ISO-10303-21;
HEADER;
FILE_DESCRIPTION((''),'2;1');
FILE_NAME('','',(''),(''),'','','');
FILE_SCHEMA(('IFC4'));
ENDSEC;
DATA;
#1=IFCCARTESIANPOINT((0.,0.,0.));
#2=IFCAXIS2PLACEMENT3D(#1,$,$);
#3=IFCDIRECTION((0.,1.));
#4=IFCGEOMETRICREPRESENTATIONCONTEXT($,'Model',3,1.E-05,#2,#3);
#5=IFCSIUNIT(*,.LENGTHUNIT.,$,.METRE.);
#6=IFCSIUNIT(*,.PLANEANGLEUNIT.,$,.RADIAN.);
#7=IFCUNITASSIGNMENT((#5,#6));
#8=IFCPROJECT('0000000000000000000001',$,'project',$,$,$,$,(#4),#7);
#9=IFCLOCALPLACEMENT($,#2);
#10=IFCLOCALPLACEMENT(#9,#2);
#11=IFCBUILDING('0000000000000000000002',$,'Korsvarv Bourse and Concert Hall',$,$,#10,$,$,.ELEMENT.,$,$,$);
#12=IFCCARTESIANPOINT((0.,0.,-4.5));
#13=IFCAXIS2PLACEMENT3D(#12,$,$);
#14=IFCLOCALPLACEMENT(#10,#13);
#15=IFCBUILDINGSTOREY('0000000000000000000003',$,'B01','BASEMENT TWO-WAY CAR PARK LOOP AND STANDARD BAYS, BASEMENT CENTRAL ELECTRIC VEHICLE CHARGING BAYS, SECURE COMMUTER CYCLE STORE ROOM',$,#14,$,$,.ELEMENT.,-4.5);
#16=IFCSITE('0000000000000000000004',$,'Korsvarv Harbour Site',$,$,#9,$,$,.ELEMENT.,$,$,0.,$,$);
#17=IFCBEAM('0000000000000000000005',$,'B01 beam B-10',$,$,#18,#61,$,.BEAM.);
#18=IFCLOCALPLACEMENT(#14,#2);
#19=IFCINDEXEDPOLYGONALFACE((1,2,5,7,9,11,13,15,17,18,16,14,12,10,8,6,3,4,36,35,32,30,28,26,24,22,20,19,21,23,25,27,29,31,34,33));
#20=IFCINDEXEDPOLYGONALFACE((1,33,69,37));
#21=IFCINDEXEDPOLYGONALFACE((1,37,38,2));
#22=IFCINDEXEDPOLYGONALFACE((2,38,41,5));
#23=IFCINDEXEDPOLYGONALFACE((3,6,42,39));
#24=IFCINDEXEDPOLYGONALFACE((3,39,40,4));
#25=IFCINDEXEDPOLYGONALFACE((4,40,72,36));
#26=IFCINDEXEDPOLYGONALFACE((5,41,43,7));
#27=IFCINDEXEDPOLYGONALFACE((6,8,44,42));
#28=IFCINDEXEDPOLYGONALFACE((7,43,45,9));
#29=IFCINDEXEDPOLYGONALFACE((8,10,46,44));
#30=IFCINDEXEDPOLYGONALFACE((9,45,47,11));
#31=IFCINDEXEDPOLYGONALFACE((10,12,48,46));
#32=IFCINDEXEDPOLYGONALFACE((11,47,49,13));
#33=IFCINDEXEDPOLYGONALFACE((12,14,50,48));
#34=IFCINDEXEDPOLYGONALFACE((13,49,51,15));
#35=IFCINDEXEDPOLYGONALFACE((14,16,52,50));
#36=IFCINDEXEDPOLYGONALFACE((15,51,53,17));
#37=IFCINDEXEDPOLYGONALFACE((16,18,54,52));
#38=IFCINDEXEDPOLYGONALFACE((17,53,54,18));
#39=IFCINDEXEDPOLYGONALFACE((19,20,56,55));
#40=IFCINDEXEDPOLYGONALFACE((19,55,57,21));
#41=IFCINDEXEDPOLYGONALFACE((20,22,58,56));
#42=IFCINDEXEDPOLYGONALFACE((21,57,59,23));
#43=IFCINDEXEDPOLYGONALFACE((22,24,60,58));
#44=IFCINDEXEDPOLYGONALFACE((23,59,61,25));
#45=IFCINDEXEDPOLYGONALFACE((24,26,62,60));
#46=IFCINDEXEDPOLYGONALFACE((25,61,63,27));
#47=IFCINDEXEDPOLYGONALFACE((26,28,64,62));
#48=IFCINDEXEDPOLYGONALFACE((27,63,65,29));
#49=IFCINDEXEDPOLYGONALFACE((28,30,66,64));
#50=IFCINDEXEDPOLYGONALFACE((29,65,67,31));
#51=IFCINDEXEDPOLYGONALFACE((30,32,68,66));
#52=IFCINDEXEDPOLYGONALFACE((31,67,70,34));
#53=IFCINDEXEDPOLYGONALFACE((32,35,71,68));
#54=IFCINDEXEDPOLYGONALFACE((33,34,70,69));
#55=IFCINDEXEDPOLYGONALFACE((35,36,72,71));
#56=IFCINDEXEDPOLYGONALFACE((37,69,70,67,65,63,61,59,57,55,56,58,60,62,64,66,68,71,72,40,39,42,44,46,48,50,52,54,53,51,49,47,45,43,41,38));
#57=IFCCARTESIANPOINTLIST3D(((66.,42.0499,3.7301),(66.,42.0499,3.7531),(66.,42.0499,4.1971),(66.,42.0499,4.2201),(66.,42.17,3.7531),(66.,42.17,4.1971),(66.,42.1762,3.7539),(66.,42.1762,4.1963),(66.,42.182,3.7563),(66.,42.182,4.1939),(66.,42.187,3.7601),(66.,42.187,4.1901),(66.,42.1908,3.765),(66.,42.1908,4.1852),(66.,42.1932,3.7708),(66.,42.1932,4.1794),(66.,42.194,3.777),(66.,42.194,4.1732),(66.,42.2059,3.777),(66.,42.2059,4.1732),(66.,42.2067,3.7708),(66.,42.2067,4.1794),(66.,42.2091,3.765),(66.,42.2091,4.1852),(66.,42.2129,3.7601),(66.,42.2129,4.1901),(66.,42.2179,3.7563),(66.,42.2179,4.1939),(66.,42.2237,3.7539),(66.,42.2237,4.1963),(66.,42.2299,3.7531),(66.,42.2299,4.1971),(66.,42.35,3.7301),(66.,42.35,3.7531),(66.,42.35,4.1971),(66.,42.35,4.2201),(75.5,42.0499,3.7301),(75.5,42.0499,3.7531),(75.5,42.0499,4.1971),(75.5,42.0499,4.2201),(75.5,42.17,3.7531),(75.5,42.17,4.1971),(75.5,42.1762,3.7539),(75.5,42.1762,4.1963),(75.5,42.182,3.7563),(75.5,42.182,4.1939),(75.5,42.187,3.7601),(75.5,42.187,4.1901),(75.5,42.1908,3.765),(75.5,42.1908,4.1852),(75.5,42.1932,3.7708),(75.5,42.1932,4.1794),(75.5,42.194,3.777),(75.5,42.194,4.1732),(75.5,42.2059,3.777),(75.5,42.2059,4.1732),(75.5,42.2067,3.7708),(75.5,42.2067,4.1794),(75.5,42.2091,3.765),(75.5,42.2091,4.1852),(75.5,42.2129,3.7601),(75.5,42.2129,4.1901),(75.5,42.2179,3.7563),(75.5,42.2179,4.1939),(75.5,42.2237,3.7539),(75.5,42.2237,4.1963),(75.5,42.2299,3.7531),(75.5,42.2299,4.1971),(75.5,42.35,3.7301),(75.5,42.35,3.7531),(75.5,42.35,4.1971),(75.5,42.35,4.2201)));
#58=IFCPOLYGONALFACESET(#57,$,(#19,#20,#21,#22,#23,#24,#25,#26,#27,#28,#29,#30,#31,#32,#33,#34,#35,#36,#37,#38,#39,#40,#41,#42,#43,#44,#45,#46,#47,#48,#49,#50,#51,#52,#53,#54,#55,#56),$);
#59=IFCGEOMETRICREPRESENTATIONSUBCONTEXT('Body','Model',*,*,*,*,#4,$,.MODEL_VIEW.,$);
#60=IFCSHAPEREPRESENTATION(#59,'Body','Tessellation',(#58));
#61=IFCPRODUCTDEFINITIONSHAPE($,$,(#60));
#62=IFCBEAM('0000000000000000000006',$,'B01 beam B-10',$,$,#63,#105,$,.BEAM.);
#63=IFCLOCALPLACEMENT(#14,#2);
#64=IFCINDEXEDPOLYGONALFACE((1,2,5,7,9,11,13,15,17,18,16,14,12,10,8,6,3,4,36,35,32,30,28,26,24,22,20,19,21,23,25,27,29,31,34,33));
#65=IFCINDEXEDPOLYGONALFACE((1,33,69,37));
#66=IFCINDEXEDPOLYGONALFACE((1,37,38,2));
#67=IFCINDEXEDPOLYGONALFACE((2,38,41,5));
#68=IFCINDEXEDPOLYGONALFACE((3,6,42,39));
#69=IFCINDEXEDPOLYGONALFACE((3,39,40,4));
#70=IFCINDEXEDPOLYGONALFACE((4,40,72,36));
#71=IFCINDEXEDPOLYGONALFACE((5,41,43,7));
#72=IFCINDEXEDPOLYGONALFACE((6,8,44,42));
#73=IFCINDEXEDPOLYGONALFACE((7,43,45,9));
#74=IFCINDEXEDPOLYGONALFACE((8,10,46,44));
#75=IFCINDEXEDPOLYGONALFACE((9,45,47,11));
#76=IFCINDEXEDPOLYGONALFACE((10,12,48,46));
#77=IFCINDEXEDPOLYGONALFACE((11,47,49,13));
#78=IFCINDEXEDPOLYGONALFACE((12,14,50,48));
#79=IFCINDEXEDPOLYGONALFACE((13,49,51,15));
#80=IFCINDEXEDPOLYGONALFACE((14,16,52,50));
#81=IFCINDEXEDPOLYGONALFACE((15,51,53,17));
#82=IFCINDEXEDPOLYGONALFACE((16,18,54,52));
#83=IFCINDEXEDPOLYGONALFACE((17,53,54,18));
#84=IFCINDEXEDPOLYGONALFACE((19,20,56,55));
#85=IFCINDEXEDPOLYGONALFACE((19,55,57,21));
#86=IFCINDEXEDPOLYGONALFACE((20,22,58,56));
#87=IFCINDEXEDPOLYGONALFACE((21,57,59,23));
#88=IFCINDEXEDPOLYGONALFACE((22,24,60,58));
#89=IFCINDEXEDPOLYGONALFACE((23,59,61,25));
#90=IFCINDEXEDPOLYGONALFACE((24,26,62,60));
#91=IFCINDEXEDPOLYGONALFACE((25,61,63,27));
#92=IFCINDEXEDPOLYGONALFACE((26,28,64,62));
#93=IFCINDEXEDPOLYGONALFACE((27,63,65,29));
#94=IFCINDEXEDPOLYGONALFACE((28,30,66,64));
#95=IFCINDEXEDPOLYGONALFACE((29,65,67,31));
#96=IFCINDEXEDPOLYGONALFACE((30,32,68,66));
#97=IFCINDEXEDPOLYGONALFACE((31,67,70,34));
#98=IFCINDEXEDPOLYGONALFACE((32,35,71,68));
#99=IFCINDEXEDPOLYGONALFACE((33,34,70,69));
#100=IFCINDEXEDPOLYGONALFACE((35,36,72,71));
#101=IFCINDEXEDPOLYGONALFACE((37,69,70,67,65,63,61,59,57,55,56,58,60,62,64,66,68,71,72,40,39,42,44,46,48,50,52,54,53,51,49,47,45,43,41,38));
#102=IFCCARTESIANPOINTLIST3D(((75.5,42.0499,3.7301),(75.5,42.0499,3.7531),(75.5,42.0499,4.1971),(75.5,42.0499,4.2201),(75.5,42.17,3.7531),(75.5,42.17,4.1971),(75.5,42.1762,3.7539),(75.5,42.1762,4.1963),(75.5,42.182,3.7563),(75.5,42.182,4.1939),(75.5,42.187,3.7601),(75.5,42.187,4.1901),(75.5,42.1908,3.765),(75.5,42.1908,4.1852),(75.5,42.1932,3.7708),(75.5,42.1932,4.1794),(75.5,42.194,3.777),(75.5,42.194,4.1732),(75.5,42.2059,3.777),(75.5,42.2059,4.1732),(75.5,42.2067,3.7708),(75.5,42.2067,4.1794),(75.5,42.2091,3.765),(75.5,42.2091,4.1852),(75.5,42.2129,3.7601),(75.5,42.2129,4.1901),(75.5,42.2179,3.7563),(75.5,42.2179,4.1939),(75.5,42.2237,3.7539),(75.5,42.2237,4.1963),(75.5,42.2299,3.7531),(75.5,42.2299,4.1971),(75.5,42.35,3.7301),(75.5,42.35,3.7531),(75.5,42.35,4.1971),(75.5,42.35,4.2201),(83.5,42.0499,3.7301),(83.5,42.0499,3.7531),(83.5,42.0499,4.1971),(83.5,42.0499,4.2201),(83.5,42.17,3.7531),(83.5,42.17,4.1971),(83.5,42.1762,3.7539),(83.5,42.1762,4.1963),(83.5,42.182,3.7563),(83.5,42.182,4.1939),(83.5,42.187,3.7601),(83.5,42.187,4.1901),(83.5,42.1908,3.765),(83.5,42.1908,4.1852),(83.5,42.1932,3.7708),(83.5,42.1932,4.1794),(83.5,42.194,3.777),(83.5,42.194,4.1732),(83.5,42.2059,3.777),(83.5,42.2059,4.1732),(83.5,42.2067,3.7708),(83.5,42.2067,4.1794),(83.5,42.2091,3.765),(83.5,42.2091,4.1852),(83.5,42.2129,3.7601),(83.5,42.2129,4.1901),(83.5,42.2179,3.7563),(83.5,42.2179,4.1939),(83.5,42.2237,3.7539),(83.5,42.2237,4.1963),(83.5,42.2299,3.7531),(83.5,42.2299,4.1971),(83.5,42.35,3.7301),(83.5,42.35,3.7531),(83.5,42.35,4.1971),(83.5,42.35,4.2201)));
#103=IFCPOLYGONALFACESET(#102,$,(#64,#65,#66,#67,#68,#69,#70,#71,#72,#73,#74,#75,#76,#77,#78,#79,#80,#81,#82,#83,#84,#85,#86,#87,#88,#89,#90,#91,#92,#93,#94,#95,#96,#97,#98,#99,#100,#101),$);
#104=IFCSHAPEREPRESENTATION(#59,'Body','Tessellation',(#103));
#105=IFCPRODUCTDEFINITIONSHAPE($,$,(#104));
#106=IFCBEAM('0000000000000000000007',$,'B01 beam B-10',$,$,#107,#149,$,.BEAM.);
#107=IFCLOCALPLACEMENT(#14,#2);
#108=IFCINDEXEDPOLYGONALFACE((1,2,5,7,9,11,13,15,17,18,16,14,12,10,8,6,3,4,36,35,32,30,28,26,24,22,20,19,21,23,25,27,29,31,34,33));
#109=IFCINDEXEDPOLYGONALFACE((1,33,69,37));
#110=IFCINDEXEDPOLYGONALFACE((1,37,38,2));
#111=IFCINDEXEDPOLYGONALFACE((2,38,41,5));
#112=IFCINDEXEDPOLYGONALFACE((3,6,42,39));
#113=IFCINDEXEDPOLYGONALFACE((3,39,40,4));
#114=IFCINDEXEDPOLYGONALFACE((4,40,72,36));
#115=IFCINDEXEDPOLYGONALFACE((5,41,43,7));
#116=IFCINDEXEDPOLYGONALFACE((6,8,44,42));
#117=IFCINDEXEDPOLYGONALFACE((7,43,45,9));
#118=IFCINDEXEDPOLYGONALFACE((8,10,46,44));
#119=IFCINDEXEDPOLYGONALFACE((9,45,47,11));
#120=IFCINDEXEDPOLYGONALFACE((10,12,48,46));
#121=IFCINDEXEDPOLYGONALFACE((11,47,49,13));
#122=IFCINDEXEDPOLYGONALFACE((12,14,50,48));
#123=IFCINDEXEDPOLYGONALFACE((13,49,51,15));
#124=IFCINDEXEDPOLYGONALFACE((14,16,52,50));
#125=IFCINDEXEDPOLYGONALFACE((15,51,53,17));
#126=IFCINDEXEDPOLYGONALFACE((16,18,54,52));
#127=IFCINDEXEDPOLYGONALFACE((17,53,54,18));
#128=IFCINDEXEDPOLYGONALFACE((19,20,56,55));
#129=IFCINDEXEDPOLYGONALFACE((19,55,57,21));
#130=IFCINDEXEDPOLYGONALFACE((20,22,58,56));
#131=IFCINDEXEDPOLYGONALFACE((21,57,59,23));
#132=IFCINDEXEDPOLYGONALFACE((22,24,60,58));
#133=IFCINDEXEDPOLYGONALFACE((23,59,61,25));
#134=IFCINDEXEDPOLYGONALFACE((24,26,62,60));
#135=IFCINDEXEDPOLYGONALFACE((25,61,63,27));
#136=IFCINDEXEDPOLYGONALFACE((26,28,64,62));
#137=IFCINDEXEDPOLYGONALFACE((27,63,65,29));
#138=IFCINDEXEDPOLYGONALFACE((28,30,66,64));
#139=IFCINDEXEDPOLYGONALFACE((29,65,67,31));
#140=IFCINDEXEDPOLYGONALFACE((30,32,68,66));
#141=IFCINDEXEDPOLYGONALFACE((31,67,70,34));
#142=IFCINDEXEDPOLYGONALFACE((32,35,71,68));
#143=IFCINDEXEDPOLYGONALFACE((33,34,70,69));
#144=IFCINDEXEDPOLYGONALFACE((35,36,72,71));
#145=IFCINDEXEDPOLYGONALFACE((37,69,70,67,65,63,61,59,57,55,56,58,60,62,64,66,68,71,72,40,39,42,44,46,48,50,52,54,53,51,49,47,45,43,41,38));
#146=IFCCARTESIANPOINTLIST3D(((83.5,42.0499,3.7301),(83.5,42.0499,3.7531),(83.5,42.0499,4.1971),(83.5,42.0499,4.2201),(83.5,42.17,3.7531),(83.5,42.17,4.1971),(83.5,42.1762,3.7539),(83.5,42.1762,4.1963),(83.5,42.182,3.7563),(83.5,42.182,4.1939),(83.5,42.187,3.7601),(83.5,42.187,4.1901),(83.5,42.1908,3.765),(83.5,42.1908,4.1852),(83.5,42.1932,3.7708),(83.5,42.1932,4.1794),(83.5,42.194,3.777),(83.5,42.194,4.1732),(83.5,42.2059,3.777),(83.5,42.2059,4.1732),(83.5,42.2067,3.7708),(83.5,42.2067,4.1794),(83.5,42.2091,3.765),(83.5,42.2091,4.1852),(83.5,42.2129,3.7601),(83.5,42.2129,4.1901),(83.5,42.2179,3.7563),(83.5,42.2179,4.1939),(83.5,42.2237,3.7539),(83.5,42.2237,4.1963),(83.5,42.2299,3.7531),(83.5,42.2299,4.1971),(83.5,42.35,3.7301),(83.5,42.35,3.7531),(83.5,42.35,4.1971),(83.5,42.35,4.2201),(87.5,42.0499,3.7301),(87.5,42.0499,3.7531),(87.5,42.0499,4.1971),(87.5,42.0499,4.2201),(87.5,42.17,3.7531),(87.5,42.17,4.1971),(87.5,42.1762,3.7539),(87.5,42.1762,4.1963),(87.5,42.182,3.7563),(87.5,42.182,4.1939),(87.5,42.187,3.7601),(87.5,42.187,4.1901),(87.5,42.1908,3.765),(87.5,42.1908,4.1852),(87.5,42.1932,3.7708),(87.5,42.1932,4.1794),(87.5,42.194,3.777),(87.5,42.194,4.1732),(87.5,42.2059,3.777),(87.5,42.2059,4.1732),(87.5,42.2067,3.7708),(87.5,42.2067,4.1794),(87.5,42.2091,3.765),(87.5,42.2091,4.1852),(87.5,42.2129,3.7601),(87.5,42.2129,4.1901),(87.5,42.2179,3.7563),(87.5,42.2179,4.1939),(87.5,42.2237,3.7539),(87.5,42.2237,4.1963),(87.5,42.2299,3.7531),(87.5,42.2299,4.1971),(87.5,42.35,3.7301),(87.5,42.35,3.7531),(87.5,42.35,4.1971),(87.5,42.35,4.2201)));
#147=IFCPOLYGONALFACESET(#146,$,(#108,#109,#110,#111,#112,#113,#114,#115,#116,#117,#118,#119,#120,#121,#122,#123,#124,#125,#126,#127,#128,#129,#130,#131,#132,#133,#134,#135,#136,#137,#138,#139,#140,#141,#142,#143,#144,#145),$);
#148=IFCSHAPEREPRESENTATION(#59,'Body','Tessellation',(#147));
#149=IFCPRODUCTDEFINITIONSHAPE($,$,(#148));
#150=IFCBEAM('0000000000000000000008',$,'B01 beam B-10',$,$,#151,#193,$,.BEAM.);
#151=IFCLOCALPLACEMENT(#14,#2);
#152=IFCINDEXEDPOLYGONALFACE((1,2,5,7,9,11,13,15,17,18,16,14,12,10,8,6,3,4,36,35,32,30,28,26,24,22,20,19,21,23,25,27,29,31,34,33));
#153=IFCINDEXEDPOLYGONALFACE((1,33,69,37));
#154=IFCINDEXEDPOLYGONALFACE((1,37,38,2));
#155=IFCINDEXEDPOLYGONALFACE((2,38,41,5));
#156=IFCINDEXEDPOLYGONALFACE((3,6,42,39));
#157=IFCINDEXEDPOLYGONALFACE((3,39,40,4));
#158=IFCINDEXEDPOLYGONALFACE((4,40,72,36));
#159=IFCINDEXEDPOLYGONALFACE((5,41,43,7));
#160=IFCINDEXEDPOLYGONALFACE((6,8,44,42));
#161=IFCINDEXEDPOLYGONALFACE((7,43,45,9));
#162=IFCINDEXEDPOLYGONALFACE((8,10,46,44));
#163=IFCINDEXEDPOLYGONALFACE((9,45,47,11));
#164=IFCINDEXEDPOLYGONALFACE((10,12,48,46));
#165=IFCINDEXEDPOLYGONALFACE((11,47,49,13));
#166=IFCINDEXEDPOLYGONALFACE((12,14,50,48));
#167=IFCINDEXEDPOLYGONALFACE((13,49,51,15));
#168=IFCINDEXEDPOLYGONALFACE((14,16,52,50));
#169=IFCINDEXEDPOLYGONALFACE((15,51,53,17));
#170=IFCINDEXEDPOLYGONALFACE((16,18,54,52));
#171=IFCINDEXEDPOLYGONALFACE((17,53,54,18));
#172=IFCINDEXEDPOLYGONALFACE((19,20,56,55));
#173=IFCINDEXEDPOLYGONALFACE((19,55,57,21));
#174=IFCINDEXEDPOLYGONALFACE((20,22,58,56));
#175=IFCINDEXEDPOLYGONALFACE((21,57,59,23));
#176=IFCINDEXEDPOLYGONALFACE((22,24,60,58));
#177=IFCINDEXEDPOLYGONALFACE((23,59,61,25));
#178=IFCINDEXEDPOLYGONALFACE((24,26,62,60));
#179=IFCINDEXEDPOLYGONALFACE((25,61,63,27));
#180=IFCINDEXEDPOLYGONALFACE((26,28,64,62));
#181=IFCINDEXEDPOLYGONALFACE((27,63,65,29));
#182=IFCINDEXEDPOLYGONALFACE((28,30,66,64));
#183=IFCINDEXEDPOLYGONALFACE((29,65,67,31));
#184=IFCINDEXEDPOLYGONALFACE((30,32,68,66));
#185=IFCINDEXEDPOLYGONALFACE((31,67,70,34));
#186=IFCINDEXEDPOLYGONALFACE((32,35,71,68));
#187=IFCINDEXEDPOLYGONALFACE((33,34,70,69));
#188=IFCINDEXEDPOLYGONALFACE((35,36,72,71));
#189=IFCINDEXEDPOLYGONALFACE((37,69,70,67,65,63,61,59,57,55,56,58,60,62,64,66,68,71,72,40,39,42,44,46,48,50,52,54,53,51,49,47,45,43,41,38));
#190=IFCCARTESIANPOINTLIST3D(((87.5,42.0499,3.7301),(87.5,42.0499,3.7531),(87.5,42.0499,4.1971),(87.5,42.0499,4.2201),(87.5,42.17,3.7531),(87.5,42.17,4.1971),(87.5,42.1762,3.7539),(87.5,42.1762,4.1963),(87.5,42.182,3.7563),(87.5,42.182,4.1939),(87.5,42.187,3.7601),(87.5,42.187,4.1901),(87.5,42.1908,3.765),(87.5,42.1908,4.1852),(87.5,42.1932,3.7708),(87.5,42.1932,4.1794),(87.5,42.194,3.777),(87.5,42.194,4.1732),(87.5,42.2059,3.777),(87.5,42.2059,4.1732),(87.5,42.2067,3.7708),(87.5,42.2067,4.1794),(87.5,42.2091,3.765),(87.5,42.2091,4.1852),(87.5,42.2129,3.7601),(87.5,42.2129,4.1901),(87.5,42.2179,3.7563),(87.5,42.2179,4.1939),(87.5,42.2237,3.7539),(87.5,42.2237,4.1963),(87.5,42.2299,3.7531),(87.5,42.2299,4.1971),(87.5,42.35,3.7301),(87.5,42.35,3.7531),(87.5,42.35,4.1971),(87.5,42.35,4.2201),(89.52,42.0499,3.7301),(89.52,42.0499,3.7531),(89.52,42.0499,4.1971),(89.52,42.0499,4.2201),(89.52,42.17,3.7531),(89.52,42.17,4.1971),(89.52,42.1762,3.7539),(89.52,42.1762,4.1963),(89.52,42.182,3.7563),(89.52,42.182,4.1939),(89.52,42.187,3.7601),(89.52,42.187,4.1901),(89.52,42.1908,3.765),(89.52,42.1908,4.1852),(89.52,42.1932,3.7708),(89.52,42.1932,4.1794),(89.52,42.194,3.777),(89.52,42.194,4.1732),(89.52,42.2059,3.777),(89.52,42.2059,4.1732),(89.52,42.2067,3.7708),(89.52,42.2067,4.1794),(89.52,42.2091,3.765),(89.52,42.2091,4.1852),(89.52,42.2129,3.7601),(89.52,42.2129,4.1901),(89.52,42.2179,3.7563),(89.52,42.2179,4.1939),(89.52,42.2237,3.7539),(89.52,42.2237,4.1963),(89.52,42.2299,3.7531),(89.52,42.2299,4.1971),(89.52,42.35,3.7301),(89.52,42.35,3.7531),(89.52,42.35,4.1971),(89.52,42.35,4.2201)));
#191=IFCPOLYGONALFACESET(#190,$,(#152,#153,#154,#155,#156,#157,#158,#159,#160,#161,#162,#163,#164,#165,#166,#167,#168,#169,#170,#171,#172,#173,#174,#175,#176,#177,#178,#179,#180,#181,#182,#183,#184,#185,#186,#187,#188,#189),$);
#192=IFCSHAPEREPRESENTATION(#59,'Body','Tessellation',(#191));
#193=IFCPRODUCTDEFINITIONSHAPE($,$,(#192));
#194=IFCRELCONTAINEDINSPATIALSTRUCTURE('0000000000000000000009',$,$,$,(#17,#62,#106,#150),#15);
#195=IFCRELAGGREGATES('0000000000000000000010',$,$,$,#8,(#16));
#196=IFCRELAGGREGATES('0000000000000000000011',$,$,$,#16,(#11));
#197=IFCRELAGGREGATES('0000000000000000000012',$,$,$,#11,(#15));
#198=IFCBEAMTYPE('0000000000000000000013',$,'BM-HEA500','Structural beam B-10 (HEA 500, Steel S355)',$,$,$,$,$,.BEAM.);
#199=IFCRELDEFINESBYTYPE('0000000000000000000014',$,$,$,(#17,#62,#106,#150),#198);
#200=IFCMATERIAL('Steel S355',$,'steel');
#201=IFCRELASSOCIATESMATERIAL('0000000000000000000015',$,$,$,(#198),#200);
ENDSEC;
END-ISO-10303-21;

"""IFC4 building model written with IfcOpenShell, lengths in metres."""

from ifc_helpers import new_model, si_unit, direction, frame, origin, origin_2d, place, context, subcontext, project, spatial, i_section, extrude, source, transform, mapped, material, material_profile, profile_set, type_object, element, save


model = new_model("IFC4")

# Units and contexts
model_context = context("Model", 3, precision=1e-05, world=origin(), true_north=direction((0.0, 1.0)))
body_context = subcontext(model_context, "Body", "Model", "MODEL_VIEW")
ifc_project = project(units=[si_unit("LENGTHUNIT", "METRE"), si_unit("PLANEANGLEUNIT", "RADIAN")], contexts=[model_context])

# Site, building, storey
site_placement = place(None, origin())
site = spatial("IfcSite", under=ifc_project, at=site_placement, Name="Korsvarv Harbour Site", CompositionType="ELEMENT", RefElevation=0.0)
building_placement = place(site_placement, origin())
building = spatial("IfcBuilding", under=site, at=building_placement, Name="Korsvarv Bourse and Concert Hall", CompositionType="ELEMENT")
storey_placement = place(building_placement, frame((0.0, 0.0, -4.5)))
storey = spatial("IfcBuildingStorey", under=building, at=storey_placement, Name="B01", Description="BASEMENT TWO-WAY CAR PARK LOOP AND STANDARD BAYS, BASEMENT CENTRAL ELECTRIC VEHICLE CHARGING BAYS, SECURE COMMUTER CYCLE STORE ROOM", CompositionType="ELEMENT", Elevation=-4.5)

# Beams
ifc_material_1 = material(Name="Steel S355", Category="steel")
ifc_material_profile_1 = material_profile(ifc_material_1, i_section(OverallWidth=0.3, OverallDepth=0.49, WebThickness=0.012, FlangeThickness=0.0229, FilletRadius=0.0239, at=origin_2d()), Name="HEA 500")
ifc_profile_set_1 = profile_set([ifc_material_profile_1], Name="Steel S355")
beam_type_1 = type_object("IfcBeamType", Name="BM-HEA500", Description="Structural beam B-10 (HEA 500, Steel S355)", PredefinedType="BEAM", material=ifc_profile_set_1)
shared_shape_1 = source(origin(), body_context, "Body", "SweptSolid", [
    extrude(i_section(OverallWidth=0.3, OverallDepth=0.49, WebThickness=0.012, FlangeThickness=0.0229, FilletRadius=0.0239, at=origin_2d()), origin(), (0.0, 0.0, 1.0), 9.5),
])
beam_1_placement = place(storey_placement, frame((66.0, 42.2, 3.9751), z_axis=(1.0, 0.0, 0.0), x_axis=(0.0, 1.0, 0.0)))
element("IfcBeam", 1, at=beam_1_placement, inside=storey, type_object=beam_type_1, Name="B01 beam B-10", PredefinedType="BEAM", context=body_context, shape_type="MappedRepresentation", body=[
    mapped(shared_shape_1, transform((0.0, 0.0, 0.0), scale=1.0)),
])
shared_shape_2 = source(origin(), body_context, "Body", "SweptSolid", [
    extrude(i_section(OverallWidth=0.3, OverallDepth=0.49, WebThickness=0.012, FlangeThickness=0.0229, FilletRadius=0.0239, at=origin_2d()), origin(), (0.0, 0.0, 1.0), 8.0),
])
beam_2_placement = place(storey_placement, frame((75.5, 42.2, 3.9751), z_axis=(1.0, 0.0, 0.0), x_axis=(0.0, 1.0, 0.0)))
element("IfcBeam", 2, at=beam_2_placement, inside=storey, type_object=beam_type_1, Name="B01 beam B-10", PredefinedType="BEAM", context=body_context, shape_type="MappedRepresentation", body=[
    mapped(shared_shape_2, transform((0.0, 0.0, 0.0), scale=1.0)),
])
shared_shape_3 = source(origin(), body_context, "Body", "SweptSolid", [
    extrude(i_section(OverallWidth=0.3, OverallDepth=0.49, WebThickness=0.012, FlangeThickness=0.0229, FilletRadius=0.0239, at=origin_2d()), origin(), (0.0, 0.0, 1.0), 4.0),
])
beam_3_placement = place(storey_placement, frame((83.5, 42.2, 3.9751), z_axis=(1.0, 0.0, 0.0), x_axis=(0.0, 1.0, 0.0)))
element("IfcBeam", 3, at=beam_3_placement, inside=storey, type_object=beam_type_1, Name="B01 beam B-10", PredefinedType="BEAM", context=body_context, shape_type="MappedRepresentation", body=[
    mapped(shared_shape_3, transform((0.0, 0.0, 0.0), scale=1.0)),
])
shared_shape_4 = source(origin(), body_context, "Body", "SweptSolid", [
    extrude(i_section(OverallWidth=0.3, OverallDepth=0.49, WebThickness=0.012, FlangeThickness=0.0229, FilletRadius=0.0239, at=origin_2d()), origin(), (0.0, 0.0, 1.0), 2.02),
])
beam_4_placement = place(storey_placement, frame((87.5, 42.2, 3.9751), z_axis=(1.0, 0.0, 0.0), x_axis=(0.0, 1.0, 0.0)))
element("IfcBeam", 4, at=beam_4_placement, inside=storey, type_object=beam_type_1, Name="B01 beam B-10", PredefinedType="BEAM", context=body_context, shape_type="MappedRepresentation", body=[
    mapped(shared_shape_4, transform((0.0, 0.0, 0.0), scale=1.0)),
])

save(model, "model.ifc")
